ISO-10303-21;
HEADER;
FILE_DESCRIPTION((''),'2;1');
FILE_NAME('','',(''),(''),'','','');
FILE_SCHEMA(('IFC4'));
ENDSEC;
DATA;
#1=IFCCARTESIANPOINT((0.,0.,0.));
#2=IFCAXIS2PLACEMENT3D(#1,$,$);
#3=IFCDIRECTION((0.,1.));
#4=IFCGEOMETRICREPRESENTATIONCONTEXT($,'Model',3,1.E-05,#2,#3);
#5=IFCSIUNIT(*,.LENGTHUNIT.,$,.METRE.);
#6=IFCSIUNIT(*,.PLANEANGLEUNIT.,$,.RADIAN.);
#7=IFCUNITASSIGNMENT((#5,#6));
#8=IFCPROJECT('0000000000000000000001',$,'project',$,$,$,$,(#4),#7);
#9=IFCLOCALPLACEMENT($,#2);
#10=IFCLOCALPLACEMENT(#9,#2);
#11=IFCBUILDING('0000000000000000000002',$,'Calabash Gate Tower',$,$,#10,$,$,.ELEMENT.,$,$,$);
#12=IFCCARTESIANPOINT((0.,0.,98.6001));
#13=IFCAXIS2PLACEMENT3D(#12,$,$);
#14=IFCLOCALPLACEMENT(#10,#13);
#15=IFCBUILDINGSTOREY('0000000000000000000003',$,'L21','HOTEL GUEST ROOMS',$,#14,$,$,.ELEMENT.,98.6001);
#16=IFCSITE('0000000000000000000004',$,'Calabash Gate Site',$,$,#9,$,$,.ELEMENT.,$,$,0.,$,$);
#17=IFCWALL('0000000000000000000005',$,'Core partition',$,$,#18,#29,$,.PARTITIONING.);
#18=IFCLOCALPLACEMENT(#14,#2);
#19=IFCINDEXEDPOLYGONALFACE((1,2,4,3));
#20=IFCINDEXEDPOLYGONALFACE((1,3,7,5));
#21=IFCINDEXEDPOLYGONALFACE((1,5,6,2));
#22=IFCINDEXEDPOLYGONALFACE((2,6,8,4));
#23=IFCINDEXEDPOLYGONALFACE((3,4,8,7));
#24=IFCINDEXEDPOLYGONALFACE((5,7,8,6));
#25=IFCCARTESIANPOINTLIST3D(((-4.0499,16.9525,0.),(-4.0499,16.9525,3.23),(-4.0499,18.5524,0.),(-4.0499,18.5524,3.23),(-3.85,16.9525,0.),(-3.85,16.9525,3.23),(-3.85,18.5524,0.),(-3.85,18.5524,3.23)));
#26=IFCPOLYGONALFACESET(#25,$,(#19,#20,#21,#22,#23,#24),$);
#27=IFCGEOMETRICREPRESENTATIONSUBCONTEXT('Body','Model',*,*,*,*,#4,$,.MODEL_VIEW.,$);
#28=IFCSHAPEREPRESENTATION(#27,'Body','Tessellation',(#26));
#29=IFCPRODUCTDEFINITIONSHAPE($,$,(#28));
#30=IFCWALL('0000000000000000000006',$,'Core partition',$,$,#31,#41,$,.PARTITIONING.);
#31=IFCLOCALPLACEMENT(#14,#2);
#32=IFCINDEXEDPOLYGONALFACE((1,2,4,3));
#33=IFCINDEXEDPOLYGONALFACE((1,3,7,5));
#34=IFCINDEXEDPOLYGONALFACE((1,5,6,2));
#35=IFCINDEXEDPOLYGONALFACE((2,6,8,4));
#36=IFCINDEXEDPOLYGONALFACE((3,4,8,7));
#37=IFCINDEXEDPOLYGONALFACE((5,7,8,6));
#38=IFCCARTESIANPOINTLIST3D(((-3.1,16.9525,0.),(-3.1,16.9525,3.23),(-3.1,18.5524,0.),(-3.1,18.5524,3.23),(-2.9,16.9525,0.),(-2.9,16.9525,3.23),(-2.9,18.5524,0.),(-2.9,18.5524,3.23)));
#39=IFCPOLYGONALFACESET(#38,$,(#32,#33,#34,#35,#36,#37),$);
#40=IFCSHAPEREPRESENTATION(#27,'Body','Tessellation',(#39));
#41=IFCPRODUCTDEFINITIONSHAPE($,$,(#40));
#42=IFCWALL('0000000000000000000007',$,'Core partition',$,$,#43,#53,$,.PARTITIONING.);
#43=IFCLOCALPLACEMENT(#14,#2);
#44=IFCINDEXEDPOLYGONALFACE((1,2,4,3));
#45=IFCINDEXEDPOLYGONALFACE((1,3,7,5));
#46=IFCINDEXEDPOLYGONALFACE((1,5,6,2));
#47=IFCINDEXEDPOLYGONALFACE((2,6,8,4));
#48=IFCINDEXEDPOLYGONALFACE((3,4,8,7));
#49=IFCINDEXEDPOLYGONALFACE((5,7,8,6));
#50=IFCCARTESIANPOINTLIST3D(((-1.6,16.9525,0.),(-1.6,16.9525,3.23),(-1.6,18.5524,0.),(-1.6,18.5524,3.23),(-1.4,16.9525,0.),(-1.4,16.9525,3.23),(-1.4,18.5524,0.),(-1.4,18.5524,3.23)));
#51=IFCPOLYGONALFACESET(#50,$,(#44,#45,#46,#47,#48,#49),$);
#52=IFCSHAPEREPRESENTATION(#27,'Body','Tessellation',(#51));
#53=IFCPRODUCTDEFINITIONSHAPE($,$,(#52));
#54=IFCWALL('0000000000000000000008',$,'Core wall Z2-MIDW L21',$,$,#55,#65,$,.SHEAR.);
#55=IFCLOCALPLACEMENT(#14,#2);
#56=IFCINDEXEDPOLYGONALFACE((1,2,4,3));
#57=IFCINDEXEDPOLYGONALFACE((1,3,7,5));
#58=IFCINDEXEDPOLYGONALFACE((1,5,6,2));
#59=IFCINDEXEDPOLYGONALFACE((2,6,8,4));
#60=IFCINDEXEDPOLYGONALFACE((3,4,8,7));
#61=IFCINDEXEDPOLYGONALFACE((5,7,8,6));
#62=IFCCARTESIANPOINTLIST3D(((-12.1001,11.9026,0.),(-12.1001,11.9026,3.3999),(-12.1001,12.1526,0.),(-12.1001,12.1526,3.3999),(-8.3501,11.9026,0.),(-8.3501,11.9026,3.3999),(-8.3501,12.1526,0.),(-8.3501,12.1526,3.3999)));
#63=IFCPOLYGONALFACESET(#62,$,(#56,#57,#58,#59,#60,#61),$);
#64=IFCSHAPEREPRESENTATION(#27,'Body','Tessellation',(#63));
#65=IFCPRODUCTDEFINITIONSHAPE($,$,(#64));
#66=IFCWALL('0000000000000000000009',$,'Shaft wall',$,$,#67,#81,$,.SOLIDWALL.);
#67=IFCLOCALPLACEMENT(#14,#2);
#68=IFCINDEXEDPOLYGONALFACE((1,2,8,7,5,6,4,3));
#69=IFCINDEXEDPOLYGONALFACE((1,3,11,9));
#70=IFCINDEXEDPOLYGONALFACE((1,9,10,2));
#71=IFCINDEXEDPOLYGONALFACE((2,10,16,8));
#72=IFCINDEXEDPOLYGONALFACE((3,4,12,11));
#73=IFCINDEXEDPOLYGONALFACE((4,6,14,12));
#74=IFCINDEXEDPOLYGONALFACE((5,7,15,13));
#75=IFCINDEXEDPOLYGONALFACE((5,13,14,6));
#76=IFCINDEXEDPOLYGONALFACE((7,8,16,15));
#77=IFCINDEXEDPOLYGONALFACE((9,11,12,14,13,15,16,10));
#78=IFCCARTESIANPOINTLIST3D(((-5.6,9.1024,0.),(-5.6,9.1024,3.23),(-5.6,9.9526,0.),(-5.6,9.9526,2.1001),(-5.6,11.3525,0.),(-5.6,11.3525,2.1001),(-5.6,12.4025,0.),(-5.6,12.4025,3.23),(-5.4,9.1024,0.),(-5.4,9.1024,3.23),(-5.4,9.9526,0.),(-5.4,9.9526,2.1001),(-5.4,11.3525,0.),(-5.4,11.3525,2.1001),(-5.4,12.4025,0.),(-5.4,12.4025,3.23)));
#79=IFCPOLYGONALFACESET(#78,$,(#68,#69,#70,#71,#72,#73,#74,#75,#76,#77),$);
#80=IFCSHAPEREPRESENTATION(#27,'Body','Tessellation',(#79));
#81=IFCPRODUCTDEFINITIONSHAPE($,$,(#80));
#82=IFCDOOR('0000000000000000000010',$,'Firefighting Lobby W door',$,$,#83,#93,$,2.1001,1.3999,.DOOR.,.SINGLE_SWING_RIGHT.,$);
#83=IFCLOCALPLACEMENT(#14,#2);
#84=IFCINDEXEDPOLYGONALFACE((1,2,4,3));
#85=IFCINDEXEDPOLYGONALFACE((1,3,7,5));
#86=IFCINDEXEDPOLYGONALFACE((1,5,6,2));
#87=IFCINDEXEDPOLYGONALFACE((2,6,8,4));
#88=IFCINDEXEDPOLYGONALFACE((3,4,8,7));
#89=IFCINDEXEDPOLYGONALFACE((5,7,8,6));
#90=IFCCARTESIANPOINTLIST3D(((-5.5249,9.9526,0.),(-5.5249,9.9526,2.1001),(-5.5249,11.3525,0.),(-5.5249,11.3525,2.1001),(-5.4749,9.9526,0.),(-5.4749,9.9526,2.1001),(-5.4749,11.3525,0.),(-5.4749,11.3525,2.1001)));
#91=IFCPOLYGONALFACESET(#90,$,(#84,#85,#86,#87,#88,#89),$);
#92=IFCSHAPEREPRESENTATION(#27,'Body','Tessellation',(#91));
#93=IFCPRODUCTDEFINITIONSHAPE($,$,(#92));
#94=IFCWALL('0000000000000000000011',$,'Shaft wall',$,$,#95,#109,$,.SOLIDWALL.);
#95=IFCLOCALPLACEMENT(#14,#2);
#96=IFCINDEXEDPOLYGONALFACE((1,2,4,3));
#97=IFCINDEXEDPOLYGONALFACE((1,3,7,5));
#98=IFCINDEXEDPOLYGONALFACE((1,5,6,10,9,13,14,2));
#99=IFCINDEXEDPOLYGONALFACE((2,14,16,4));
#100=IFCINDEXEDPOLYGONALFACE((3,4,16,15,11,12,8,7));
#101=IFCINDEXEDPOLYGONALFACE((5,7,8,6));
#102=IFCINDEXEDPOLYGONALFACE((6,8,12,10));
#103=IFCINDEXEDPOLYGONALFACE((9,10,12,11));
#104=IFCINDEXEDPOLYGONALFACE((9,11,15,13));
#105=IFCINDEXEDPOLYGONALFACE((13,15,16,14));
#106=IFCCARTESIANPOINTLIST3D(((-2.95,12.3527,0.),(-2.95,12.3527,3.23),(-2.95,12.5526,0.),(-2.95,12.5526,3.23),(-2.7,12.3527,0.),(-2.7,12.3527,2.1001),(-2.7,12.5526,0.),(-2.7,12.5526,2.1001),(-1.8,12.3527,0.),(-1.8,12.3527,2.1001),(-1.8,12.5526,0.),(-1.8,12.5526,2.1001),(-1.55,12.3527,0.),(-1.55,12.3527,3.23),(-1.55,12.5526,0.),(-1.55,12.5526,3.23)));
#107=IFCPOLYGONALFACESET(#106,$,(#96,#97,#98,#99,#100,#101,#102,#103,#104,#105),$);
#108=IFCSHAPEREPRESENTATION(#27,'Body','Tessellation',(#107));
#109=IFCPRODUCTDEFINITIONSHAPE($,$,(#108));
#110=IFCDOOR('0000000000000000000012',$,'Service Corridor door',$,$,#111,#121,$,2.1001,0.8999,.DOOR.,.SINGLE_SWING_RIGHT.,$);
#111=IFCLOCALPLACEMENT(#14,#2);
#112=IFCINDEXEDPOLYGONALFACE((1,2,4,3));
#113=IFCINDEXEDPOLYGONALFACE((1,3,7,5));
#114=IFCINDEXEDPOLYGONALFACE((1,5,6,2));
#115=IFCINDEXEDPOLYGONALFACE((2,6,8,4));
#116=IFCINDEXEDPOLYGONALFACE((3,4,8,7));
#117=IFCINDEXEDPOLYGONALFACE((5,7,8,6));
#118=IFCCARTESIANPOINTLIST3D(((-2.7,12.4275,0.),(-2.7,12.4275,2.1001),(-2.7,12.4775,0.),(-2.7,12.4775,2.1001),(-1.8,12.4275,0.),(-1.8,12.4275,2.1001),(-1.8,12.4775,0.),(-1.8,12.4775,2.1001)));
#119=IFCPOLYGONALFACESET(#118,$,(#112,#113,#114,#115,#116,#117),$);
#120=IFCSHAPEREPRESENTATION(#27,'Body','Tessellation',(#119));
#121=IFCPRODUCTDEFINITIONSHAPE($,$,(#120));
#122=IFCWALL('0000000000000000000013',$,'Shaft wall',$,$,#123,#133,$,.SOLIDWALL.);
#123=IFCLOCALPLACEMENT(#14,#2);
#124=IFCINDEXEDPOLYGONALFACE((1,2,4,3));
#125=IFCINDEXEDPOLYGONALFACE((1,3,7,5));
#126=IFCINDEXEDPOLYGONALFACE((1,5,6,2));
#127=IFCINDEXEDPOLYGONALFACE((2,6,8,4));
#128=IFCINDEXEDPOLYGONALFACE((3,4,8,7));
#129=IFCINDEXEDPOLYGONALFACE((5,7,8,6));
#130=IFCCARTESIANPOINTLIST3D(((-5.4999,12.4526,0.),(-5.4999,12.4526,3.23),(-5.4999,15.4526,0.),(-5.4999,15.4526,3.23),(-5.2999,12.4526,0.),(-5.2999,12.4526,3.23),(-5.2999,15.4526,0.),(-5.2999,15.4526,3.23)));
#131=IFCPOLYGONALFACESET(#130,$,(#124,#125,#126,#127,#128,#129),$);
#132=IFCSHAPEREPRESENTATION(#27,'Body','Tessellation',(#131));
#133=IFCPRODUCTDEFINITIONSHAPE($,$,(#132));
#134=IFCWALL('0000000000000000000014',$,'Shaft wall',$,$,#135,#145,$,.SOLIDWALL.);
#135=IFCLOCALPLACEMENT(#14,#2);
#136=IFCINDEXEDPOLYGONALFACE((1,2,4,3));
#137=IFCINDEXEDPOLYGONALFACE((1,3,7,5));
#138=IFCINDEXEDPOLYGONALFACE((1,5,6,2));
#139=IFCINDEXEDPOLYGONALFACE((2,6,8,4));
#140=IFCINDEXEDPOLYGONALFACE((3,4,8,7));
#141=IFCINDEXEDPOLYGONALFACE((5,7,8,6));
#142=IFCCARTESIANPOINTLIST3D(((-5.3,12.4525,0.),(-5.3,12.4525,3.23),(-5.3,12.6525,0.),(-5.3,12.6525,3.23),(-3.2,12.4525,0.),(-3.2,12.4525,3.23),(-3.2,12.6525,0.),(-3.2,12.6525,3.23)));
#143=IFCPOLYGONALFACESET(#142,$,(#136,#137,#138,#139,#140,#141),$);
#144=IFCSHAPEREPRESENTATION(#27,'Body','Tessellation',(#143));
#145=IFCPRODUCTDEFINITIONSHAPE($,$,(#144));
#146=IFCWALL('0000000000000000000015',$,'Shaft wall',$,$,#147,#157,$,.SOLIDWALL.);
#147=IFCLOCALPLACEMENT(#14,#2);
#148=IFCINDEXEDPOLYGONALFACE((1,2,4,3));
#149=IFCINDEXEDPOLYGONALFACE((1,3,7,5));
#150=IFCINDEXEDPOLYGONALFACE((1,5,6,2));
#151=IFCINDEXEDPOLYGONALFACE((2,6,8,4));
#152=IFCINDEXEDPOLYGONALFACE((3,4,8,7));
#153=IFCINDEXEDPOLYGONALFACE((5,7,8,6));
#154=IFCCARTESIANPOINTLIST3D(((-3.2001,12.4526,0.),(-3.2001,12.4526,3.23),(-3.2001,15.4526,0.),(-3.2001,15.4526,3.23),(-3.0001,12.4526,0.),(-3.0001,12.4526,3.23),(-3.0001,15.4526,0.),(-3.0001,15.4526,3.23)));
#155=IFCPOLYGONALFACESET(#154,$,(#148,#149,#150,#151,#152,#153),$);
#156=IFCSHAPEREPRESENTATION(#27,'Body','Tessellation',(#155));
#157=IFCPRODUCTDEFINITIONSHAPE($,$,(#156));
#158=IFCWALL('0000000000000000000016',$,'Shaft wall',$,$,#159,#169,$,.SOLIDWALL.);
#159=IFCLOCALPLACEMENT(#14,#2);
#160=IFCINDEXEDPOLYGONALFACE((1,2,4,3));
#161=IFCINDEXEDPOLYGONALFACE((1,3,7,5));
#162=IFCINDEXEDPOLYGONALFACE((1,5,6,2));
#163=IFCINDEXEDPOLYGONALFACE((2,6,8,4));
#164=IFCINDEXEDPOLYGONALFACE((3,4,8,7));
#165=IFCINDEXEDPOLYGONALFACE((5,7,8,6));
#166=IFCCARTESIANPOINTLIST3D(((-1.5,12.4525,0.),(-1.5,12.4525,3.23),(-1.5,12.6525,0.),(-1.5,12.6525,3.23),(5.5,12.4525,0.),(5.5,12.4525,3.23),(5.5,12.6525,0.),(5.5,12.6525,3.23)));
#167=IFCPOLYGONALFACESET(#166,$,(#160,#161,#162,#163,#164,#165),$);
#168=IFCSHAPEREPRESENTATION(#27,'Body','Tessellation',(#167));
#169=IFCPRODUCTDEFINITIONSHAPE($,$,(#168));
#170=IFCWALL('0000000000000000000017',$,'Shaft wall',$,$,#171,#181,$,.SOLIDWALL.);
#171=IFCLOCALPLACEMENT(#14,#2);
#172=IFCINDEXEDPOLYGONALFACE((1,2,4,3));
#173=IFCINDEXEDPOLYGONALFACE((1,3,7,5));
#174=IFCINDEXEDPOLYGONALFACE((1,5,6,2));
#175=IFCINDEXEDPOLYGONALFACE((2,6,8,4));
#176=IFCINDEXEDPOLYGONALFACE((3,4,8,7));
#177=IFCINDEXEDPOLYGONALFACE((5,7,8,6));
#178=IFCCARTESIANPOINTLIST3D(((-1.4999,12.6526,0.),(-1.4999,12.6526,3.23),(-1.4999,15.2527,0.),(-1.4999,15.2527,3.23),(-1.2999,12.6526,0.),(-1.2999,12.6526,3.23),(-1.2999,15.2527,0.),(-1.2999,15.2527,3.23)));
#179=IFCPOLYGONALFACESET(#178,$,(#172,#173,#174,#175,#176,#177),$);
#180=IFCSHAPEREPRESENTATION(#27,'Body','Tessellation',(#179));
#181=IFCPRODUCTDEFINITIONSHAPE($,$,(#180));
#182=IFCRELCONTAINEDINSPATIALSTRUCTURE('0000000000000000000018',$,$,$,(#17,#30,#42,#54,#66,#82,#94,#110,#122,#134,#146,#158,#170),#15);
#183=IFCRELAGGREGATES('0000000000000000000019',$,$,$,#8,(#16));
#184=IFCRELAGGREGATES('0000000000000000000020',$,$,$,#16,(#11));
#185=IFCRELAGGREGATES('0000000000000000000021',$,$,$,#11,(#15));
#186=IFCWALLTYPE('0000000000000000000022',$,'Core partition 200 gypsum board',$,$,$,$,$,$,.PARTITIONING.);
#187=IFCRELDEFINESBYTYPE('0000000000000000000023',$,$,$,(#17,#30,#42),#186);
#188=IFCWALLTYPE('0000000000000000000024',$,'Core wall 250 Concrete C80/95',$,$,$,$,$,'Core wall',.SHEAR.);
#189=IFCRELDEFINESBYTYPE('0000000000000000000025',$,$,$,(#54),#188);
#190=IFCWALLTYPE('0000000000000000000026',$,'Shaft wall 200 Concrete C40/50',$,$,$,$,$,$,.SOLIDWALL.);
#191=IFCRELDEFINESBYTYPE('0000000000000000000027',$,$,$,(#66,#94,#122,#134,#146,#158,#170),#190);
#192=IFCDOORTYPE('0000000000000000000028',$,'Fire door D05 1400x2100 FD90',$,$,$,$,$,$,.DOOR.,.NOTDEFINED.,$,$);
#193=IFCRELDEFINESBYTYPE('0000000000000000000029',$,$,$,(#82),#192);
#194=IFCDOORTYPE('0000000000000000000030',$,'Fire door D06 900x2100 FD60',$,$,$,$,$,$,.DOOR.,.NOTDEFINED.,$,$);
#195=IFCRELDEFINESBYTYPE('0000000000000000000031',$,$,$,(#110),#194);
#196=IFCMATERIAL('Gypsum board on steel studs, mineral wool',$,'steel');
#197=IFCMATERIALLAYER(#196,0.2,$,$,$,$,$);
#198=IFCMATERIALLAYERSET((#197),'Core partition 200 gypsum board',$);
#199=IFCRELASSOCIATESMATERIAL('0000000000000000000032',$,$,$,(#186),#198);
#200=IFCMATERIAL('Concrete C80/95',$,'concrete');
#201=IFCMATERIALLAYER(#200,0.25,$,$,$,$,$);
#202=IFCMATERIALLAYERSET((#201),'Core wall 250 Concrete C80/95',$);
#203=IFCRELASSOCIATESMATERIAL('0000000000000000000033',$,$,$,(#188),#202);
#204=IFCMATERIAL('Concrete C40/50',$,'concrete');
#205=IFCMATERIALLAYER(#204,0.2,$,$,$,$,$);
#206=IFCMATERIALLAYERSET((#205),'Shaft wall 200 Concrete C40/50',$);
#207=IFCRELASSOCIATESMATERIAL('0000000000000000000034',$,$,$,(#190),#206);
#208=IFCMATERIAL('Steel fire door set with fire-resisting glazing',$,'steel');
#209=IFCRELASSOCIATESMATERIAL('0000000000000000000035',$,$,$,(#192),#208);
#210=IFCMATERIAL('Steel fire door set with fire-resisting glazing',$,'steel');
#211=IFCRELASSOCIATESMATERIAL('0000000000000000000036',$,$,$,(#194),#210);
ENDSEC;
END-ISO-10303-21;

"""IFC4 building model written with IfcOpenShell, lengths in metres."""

from ifc_helpers import new_model, si_unit, direction, frame, frame_2d, origin, place, context, subcontext, project, spatial, rectangle, extrude, material, layer, layer_set, type_object, element, fill, save


model = new_model("IFC4")

# Units and contexts
model_context = context("Model", 3, precision=1e-05, world=origin(), true_north=direction((0.0, 1.0)))
body_context = subcontext(model_context, "Body", "Model", "MODEL_VIEW")
ifc_project = project(units=[si_unit("LENGTHUNIT", "METRE"), si_unit("PLANEANGLEUNIT", "RADIAN")], contexts=[model_context])

# Site, building, storey
site_placement = place(None, origin())
site = spatial("IfcSite", under=ifc_project, at=site_placement, Name="Calabash Gate Site", CompositionType="ELEMENT", RefElevation=0.0)
building_placement = place(site_placement, origin())
building = spatial("IfcBuilding", under=site, at=building_placement, Name="Calabash Gate Tower", CompositionType="ELEMENT")
storey_placement = place(building_placement, frame((0.0, 0.0, 98.6001)))
storey = spatial("IfcBuildingStorey", under=building, at=storey_placement, Name="L21", Description="HOTEL GUEST ROOMS", CompositionType="ELEMENT", Elevation=98.6001)

# Walls
ifc_material_1 = material(Name="Gypsum board on steel studs, mineral wool", Category="steel")
ifc_layer_1 = layer(ifc_material_1, 0.2)
ifc_layer_set_1 = layer_set([ifc_layer_1], Name="Core partition 200 gypsum board")
wall_type_1 = type_object("IfcWallType", Name="Core partition 200 gypsum board", PredefinedType="PARTITIONING", material=ifc_layer_set_1)
for number, where, z_axis, x_axis, name in (
    (1, (-3.95, 16.9526, 0.0), (0.0, 0.0, 1.0), (0.0, 1.0, 0.0), "Core partition"),
    (2, (-3.0, 16.9526, 0.0), (0.0, 0.0, 1.0), (0.0, 1.0, 0.0), "Core partition"),
    (3, (-1.5, 16.9526, 0.0), (0.0, 0.0, 1.0), (0.0, 1.0, 0.0), "Core partition"),
):
    element("IfcWall", number, at=place(storey_placement, frame(where, z_axis=z_axis, x_axis=x_axis)), inside=storey, type_object=wall_type_1, Name=name, PredefinedType="PARTITIONING", context=body_context, shape_type="SweptSolid", body=[
        extrude(rectangle(XDim=1.5999, YDim=0.2, at=frame_2d((0.7998, 0.0))), origin(), (0.0, 0.0, 1.0), 3.23),
    ])
ifc_material_2 = material(Name="Concrete C80/95", Category="concrete")
ifc_layer_2 = layer(ifc_material_2, 0.25)
ifc_layer_set_2 = layer_set([ifc_layer_2], Name="Core wall 250 Concrete C80/95")
wall_type_2 = type_object("IfcWallType", Name="Core wall 250 Concrete C80/95", ElementType="Core wall", PredefinedType="SHEAR", material=ifc_layer_set_2)
wall_1_placement = place(storey_placement, frame((-12.1001, 12.0276, 0.0), z_axis=(0.0, 0.0, 1.0), x_axis=(1.0, 0.0, 0.0)))
element("IfcWall", 4, at=wall_1_placement, inside=storey, type_object=wall_type_2, Name="Core wall Z2-MIDW L21", PredefinedType="SHEAR", context=body_context, shape_type="SweptSolid", body=[
    extrude(rectangle(XDim=3.75, YDim=0.25, at=frame_2d((1.875, 0.0))), origin(), (0.0, 0.0, 1.0), 3.3999),
])

# Walls, openings, doors
ifc_material_3 = material(Name="Concrete C40/50", Category="concrete")
ifc_layer_3 = layer(ifc_material_3, 0.2)
ifc_layer_set_3 = layer_set([ifc_layer_3], Name="Shaft wall 200 Concrete C40/50")
wall_type_3 = type_object("IfcWallType", Name="Shaft wall 200 Concrete C40/50", PredefinedType="SOLIDWALL", material=ifc_layer_set_3)
wall_2_placement = place(storey_placement, frame((-5.5, 9.1025, 0.0), z_axis=(0.0, 0.0, 1.0), x_axis=(0.0, 1.0, 0.0)))
wall_2 = element("IfcWall", 5, at=wall_2_placement, inside=storey, type_object=wall_type_3, Name="Shaft wall", PredefinedType="SOLIDWALL", context=body_context, shape_type="SweptSolid", body=[
    extrude(rectangle(XDim=3.3, YDim=0.2, at=frame_2d((1.6499, 0.0))), origin(), (0.0, 0.0, 1.0), 3.23),
])
opening_1_placement = place(wall_2_placement, frame((0.8501, 0.0, 0.0)))
opening_1 = element("IfcOpeningElement", 6, at=opening_1_placement, cuts=wall_2, PredefinedType="OPENING", context=body_context, shape_type="SweptSolid", body=[
    extrude(rectangle(XDim=1.3999, YDim=2.1001, at=frame_2d((0.7, 1.05))), frame((0.0, 0.1099, 0.0), z_axis=(0.0, -1.0, 0.0), x_axis=(1.0, 0.0, 0.0)), (0.0, 0.0, 1.0), 0.22),
])
ifc_material_4 = material(Name="Steel fire door set with fire-resisting glazing", Category="steel")
door_type_1 = type_object("IfcDoorType", Name="Fire door D05 1400x2100 FD90", OperationType="NOTDEFINED", PredefinedType="DOOR", material=ifc_material_4)
door_1_placement = place(opening_1_placement, origin())
door_1 = element("IfcDoor", 7, at=door_1_placement, inside=storey, type_object=door_type_1, Name="Firefighting Lobby W door", OperationType="SINGLE_SWING_RIGHT", OverallHeight=2.1001, OverallWidth=1.3999, PredefinedType="DOOR", context=body_context, shape_type="SweptSolid", body=[
    extrude(rectangle(XDim=1.3999, YDim=2.1001, at=frame_2d((0.7, 1.05))), frame((0.0, 0.0249, 0.0), z_axis=(0.0, -1.0, 0.0), x_axis=(1.0, 0.0, 0.0)), (0.0, 0.0, 1.0), 0.05),
])
fill(opening_1, door_1)
wall_3_placement = place(storey_placement, frame((-2.95, 12.4526, 0.0), z_axis=(0.0, 0.0, 1.0), x_axis=(1.0, 0.0, 0.0)))
wall_3 = element("IfcWall", 8, at=wall_3_placement, inside=storey, type_object=wall_type_3, Name="Shaft wall", PredefinedType="SOLIDWALL", context=body_context, shape_type="SweptSolid", body=[
    extrude(rectangle(XDim=1.3999, YDim=0.2, at=frame_2d((0.7, 0.0))), origin(), (0.0, 0.0, 1.0), 3.23),
])
opening_2_placement = place(wall_3_placement, frame((0.25, 0.0, 0.0)))
opening_2 = element("IfcOpeningElement", 9, at=opening_2_placement, cuts=wall_3, PredefinedType="OPENING", context=body_context, shape_type="SweptSolid", body=[
    extrude(rectangle(XDim=0.8999, YDim=2.1001, at=frame_2d((0.45, 1.05))), frame((0.0, 0.1099, 0.0), z_axis=(0.0, -1.0, 0.0), x_axis=(1.0, 0.0, 0.0)), (0.0, 0.0, 1.0), 0.22),
])
ifc_material_5 = material(Name="Steel fire door set with fire-resisting glazing", Category="steel")
door_type_2 = type_object("IfcDoorType", Name="Fire door D06 900x2100 FD60", OperationType="NOTDEFINED", PredefinedType="DOOR", material=ifc_material_5)
door_2_placement = place(opening_2_placement, origin())
door_2 = element("IfcDoor", 10, at=door_2_placement, inside=storey, type_object=door_type_2, Name="Service Corridor door", OperationType="SINGLE_SWING_RIGHT", OverallHeight=2.1001, OverallWidth=0.8999, PredefinedType="DOOR", context=body_context, shape_type="SweptSolid", body=[
    extrude(rectangle(XDim=0.8999, YDim=2.1001, at=frame_2d((0.45, 1.05))), frame((0.0, 0.0249, 0.0), z_axis=(0.0, -1.0, 0.0), x_axis=(1.0, 0.0, 0.0)), (0.0, 0.0, 1.0), 0.05),
])
fill(opening_2, door_2)

# Walls
wall_4_placement = place(storey_placement, frame((-5.3999, 12.4526, 0.0), z_axis=(0.0, 0.0, 1.0), x_axis=(0.0, 1.0, 0.0)))
element("IfcWall", 11, at=wall_4_placement, inside=storey, type_object=wall_type_3, Name="Shaft wall", PredefinedType="SOLIDWALL", context=body_context, shape_type="SweptSolid", body=[
    extrude(rectangle(XDim=3.0, YDim=0.2, at=frame_2d((1.5, 0.0))), origin(), (0.0, 0.0, 1.0), 3.23),
])
wall_5_placement = place(storey_placement, frame((-5.3, 12.5525, 0.0), z_axis=(0.0, 0.0, 1.0), x_axis=(1.0, 0.0, 0.0)))
element("IfcWall", 12, at=wall_5_placement, inside=storey, type_object=wall_type_3, Name="Shaft wall", PredefinedType="SOLIDWALL", context=body_context, shape_type="SweptSolid", body=[
    extrude(rectangle(XDim=2.1001, YDim=0.2, at=frame_2d((1.05, 0.0))), origin(), (0.0, 0.0, 1.0), 3.23),
])
wall_6_placement = place(storey_placement, frame((-3.1001, 12.4526, 0.0), z_axis=(0.0, 0.0, 1.0), x_axis=(0.0, 1.0, 0.0)))
element("IfcWall", 13, at=wall_6_placement, inside=storey, type_object=wall_type_3, Name="Shaft wall", PredefinedType="SOLIDWALL", context=body_context, shape_type="SweptSolid", body=[
    extrude(rectangle(XDim=3.0, YDim=0.2, at=frame_2d((1.5, 0.0))), origin(), (0.0, 0.0, 1.0), 3.23),
])
wall_7_placement = place(storey_placement, frame((-1.5, 12.5525, 0.0), z_axis=(0.0, 0.0, 1.0), x_axis=(1.0, 0.0, 0.0)))
element("IfcWall", 14, at=wall_7_placement, inside=storey, type_object=wall_type_3, Name="Shaft wall", PredefinedType="SOLIDWALL", context=body_context, shape_type="SweptSolid", body=[
    extrude(rectangle(XDim=7.0, YDim=0.2, at=frame_2d((3.5, 0.0))), origin(), (0.0, 0.0, 1.0), 3.23),
])
wall_8_placement = place(storey_placement, frame((-1.3999, 12.6526, 0.0), z_axis=(0.0, 0.0, 1.0), x_axis=(0.0, 1.0, 0.0)))
element("IfcWall", 15, at=wall_8_placement, inside=storey, type_object=wall_type_3, Name="Shaft wall", PredefinedType="SOLIDWALL", context=body_context, shape_type="SweptSolid", body=[
    extrude(rectangle(XDim=2.6001, YDim=0.2, at=frame_2d((1.3, 0.0))), origin(), (0.0, 0.0, 1.0), 3.23),
])

save(model, "model.ifc")
